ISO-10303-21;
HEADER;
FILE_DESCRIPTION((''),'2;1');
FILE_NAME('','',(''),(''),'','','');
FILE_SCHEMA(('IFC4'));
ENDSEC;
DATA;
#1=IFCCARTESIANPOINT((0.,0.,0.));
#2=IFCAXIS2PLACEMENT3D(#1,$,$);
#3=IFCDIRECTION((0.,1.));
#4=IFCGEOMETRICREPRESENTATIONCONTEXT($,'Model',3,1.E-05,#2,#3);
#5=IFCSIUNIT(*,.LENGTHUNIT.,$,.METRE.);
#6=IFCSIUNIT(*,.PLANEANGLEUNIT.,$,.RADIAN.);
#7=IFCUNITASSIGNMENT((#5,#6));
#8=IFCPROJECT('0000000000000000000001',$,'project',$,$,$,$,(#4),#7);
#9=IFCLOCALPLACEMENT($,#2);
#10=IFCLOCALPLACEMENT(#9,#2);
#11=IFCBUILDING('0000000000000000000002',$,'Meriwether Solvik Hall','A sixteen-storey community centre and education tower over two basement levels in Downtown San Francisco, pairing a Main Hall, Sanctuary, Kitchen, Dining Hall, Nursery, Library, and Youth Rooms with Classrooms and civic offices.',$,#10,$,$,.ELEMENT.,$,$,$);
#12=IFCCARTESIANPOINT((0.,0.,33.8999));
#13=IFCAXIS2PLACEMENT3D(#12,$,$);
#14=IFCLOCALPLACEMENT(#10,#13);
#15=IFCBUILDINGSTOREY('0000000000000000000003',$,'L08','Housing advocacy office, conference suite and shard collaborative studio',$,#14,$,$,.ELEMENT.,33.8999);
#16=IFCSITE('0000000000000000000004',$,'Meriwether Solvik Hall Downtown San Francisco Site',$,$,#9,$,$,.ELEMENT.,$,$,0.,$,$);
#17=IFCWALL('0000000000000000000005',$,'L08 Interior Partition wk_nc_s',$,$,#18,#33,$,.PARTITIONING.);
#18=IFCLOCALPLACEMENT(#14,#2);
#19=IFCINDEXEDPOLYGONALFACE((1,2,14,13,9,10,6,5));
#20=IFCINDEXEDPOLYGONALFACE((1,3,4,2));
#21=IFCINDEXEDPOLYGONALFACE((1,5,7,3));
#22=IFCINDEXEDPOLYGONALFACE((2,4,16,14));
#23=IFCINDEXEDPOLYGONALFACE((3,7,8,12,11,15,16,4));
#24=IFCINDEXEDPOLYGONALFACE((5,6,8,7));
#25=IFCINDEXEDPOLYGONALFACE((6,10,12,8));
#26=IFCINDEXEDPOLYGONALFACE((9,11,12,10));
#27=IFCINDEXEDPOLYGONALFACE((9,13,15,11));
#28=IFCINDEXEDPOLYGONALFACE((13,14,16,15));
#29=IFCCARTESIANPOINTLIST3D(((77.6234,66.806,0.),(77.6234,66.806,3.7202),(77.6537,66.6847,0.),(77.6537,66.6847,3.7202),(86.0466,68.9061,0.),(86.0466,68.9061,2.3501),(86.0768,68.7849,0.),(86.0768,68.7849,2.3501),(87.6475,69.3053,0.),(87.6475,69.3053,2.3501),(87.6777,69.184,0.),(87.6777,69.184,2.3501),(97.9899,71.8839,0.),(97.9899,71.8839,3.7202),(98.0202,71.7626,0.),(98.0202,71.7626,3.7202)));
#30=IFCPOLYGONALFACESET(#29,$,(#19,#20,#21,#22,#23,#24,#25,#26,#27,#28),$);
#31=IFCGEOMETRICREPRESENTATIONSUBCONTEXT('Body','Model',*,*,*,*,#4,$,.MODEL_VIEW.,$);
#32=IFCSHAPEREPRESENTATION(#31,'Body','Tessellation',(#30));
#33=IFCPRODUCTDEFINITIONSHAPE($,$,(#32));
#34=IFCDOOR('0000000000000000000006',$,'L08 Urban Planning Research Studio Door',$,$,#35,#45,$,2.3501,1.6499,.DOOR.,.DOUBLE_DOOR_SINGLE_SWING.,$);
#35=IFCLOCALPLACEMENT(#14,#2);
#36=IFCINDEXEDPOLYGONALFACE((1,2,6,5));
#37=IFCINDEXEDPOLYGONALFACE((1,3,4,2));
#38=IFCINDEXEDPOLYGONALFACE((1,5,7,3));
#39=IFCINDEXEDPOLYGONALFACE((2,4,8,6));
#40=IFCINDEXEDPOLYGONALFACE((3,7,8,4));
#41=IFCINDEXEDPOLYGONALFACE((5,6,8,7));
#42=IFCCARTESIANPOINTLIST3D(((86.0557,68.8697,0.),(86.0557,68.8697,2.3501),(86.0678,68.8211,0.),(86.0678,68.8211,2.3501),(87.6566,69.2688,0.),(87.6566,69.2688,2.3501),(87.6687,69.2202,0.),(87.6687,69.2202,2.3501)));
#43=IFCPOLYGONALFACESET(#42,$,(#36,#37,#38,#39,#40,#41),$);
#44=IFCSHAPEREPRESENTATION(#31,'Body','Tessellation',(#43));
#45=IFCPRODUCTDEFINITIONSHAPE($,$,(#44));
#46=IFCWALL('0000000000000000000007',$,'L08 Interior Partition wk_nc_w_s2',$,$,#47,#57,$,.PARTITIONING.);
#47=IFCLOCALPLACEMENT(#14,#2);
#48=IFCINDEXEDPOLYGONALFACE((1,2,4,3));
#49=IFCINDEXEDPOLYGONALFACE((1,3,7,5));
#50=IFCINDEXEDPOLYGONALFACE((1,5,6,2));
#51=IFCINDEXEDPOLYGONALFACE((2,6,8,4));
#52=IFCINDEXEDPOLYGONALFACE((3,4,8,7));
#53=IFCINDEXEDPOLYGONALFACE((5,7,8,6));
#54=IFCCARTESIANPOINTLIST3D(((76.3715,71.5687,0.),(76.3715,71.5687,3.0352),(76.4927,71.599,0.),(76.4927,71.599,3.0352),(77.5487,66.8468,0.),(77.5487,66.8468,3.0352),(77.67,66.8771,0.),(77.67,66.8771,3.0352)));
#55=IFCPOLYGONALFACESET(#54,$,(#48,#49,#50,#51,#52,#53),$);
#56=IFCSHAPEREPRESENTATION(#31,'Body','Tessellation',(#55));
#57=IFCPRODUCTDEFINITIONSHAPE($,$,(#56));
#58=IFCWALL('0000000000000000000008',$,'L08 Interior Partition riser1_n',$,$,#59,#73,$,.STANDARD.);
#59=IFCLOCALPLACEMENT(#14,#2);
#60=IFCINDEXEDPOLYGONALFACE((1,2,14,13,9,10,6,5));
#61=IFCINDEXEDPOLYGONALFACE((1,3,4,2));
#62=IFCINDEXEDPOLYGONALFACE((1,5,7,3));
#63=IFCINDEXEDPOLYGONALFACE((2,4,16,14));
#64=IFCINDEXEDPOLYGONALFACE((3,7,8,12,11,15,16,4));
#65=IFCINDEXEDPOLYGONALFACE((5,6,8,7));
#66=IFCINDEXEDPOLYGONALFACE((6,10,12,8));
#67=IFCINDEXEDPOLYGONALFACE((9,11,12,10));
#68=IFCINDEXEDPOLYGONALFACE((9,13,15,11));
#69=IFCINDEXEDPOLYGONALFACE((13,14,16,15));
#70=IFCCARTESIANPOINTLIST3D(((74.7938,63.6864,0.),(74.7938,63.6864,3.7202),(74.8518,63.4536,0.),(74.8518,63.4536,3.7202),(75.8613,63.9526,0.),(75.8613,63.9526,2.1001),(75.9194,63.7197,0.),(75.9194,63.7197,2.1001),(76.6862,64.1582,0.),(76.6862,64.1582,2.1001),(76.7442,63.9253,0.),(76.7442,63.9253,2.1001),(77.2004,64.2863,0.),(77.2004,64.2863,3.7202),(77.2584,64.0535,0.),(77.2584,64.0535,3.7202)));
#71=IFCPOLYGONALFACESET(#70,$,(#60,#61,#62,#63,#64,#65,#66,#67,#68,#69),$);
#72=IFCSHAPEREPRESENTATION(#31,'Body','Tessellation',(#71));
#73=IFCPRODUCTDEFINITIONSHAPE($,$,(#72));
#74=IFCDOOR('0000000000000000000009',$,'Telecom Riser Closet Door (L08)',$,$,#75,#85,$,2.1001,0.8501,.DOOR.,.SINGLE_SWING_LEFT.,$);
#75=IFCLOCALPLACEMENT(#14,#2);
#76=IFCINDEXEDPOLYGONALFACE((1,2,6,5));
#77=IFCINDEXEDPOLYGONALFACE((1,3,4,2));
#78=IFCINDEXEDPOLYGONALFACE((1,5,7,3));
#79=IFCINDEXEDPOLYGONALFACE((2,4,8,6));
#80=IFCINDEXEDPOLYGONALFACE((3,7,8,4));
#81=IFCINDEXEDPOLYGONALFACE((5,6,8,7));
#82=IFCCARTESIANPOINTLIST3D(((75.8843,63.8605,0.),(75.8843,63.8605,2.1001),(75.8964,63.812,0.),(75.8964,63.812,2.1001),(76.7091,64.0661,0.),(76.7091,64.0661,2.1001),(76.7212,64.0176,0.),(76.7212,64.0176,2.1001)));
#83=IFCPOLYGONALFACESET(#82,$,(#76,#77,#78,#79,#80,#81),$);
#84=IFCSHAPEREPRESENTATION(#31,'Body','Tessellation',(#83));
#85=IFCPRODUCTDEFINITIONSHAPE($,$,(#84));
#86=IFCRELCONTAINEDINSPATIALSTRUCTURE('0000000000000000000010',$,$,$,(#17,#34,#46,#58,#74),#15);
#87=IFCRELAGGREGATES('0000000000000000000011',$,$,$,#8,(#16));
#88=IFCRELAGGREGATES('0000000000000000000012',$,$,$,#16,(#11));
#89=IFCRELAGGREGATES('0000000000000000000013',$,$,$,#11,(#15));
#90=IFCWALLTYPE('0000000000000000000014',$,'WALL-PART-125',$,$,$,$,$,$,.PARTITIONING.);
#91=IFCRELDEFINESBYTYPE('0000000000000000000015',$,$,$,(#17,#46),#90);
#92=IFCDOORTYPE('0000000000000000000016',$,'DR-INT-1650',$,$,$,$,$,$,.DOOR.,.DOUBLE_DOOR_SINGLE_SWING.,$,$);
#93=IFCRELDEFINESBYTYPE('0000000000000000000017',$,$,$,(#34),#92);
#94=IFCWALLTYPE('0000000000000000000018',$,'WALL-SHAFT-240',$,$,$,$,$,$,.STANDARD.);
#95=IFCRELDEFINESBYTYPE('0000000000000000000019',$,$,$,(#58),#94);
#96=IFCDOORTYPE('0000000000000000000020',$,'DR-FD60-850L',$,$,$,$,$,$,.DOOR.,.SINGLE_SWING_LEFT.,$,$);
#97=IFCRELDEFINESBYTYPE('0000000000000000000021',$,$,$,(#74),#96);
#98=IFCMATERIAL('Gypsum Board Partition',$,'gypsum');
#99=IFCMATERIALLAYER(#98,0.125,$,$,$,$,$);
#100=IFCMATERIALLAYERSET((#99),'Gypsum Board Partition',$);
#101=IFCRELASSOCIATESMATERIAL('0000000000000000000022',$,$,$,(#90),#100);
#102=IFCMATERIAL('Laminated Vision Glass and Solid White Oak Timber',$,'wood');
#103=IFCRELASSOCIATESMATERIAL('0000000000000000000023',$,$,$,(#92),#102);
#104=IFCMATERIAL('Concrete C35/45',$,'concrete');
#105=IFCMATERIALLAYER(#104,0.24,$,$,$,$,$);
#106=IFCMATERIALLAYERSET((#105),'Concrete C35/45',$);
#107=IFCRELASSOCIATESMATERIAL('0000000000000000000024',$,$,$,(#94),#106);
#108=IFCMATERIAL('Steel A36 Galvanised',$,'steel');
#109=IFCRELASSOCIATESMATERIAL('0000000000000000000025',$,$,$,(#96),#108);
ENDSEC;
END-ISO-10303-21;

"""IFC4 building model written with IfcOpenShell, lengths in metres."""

from ifc_helpers import new_model, si_unit, direction, frame, frame_2d, origin, place, context, subcontext, project, spatial, rectangle, extrude, material, layer, layer_set, type_object, element, fill, save


model = new_model("IFC4")

# Units and contexts
model_context = context("Model", 3, precision=1e-05, world=origin(), true_north=direction((0.0, 1.0)))
body_context = subcontext(model_context, "Body", "Model", "MODEL_VIEW")
ifc_project = project(units=[si_unit("LENGTHUNIT", "METRE"), si_unit("PLANEANGLEUNIT", "RADIAN")], contexts=[model_context])

# Site, building, storey
site_placement = place(None, origin())
site = spatial("IfcSite", under=ifc_project, at=site_placement, Name="Meriwether Solvik Hall Downtown San Francisco Site", CompositionType="ELEMENT", RefElevation=0.0)
building_placement = place(site_placement, origin())
building = spatial("IfcBuilding", under=site, at=building_placement, Name="Meriwether Solvik Hall", Description="A sixteen-storey community centre and education tower over two basement levels in Downtown San Francisco, pairing a Main Hall, Sanctuary, Kitchen, Dining Hall, Nursery, Library, and Youth Rooms with Classrooms and civic offices.", CompositionType="ELEMENT")
storey_placement = place(building_placement, frame((0.0, 0.0, 33.8999)))
storey = spatial("IfcBuildingStorey", under=building, at=storey_placement, Name="L08", Description="Housing advocacy office, conference suite and shard collaborative studio", CompositionType="ELEMENT", Elevation=33.8999)

# Wall, opening, door
ifc_material_1 = material(Name="Gypsum Board Partition", Category="gypsum")
ifc_layer_1 = layer(ifc_material_1, 0.125)
ifc_layer_set_1 = layer_set([ifc_layer_1], Name="Gypsum Board Partition")
wall_type_1 = type_object("IfcWallType", Name="WALL-PART-125", PredefinedType="PARTITIONING", material=ifc_layer_set_1)
wall_1_placement = place(storey_placement, frame((77.6384, 66.7454, 0.0), z_axis=(0.0, 0.0, 1.0), x_axis=(0.970296, 0.24192, 0.0)))
wall_1 = element("IfcWall", 1, at=wall_1_placement, inside=storey, type_object=wall_type_1, Name="L08 Interior Partition wk_nc_s", PredefinedType="PARTITIONING", context=body_context, shape_type="SweptSolid", body=[
    extrude(rectangle(XDim=20.99, YDim=0.125, at=frame_2d((10.4951, 0.0))), origin(), (0.0, 0.0, 1.0), 3.7202),
])
opening_1_placement = place(wall_1_placement, frame((8.6812, 0.0, 0.0)))
opening_1 = element("IfcOpeningElement", 2, at=opening_1_placement, cuts=wall_1, PredefinedType="OPENING", context=body_context, shape_type="SweptSolid", body=[
    extrude(rectangle(XDim=1.6499, YDim=2.3501, at=frame_2d((0.825, 1.175))), frame((0.0, 0.0745, 0.0), z_axis=(0.0, -1.0, 0.0), x_axis=(1.0, 0.0, 0.0)), (0.0, 0.0, 1.0), 0.1489),
])
ifc_material_2 = material(Name="Laminated Vision Glass and Solid White Oak Timber", Category="wood")
door_type_1 = type_object("IfcDoorType", Name="DR-INT-1650", OperationType="DOUBLE_DOOR_SINGLE_SWING", PredefinedType="DOOR", material=ifc_material_2)
door_1_placement = place(opening_1_placement, origin())
door_1 = element("IfcDoor", 3, at=door_1_placement, inside=storey, type_object=door_type_1, Name="L08 Urban Planning Research Studio Door", OperationType="DOUBLE_DOOR_SINGLE_SWING", OverallHeight=2.3501, OverallWidth=1.6499, PredefinedType="DOOR", context=body_context, shape_type="SweptSolid", body=[
    extrude(rectangle(XDim=1.6499, YDim=2.3501, at=frame_2d((0.825, 1.175))), frame((0.0, 0.0249, 0.0), z_axis=(0.0, -1.0, 0.0), x_axis=(1.0, 0.0, 0.0)), (0.0, 0.0, 1.0), 0.05),
])
fill(opening_1, door_1)

# Wall
wall_2_placement = place(storey_placement, frame((76.4321, 71.5837, 0.0), z_axis=(0.0, 0.0, 1.0), x_axis=(0.24191, -0.970299, 0.0)))
element("IfcWall", 4, at=wall_2_placement, inside=storey, type_object=wall_type_1, Name="L08 Interior Partition wk_nc_w_s2", PredefinedType="PARTITIONING", context=body_context, shape_type="SweptSolid", body=[
    extrude(rectangle(XDim=4.8665, YDim=0.125, at=frame_2d((2.4331, 0.0))), origin(), (0.0, 0.0, 1.0), 3.0352),
])

# Wall, opening, door
ifc_material_3 = material(Name="Concrete C35/45", Category="concrete")
ifc_layer_2 = layer(ifc_material_3, 0.24)
ifc_layer_set_2 = layer_set([ifc_layer_2], Name="Concrete C35/45")
wall_type_2 = type_object("IfcWallType", Name="WALL-SHAFT-240", PredefinedType="STANDARD", material=ifc_layer_set_2)
wall_3_placement = place(storey_placement, frame((77.2295, 64.1699, 0.0), z_axis=(0.0, 0.0, 1.0), x_axis=(-0.97031, -0.241864, 0.0)))
wall_3 = element("IfcWall", 5, at=wall_3_placement, inside=storey, type_object=wall_type_2, Name="L08 Interior Partition riser1_n", PredefinedType="STANDARD", context=body_context, shape_type="SweptSolid", body=[
    extrude(rectangle(XDim=2.4802, YDim=0.24, at=frame_2d((1.2402, 0.0))), origin(), (0.0, 0.0, 1.0), 3.7202),
])
opening_2_placement = place(wall_3_placement, frame((0.53, 0.0, 0.0)))
opening_2 = element("IfcOpeningElement", 6, at=opening_2_placement, cuts=wall_3, PredefinedType="OPENING", context=body_context, shape_type="SweptSolid", body=[
    extrude(rectangle(XDim=0.8501, YDim=2.1001, at=frame_2d((0.425, 1.05))), frame((0.0, 0.1318, 0.0), z_axis=(0.0, -1.0, 0.0), x_axis=(1.0, 0.0, 0.0)), (0.0, 0.0, 1.0), 0.2639),
])
ifc_material_4 = material(Name="Steel A36 Galvanised", Category="steel")
door_type_2 = type_object("IfcDoorType", Name="DR-FD60-850L", OperationType="SINGLE_SWING_LEFT", PredefinedType="DOOR", material=ifc_material_4)
door_2_placement = place(opening_2_placement, origin())
door_2 = element("IfcDoor", 7, at=door_2_placement, inside=storey, type_object=door_type_2, Name="Telecom Riser Closet Door (L08)", OperationType="SINGLE_SWING_LEFT", OverallHeight=2.1001, OverallWidth=0.8501, PredefinedType="DOOR", context=body_context, shape_type="SweptSolid", body=[
    extrude(rectangle(XDim=0.8501, YDim=2.1001, at=frame_2d((0.425, 1.05))), frame((0.0, 0.0249, 0.0), z_axis=(0.0, -1.0, 0.0), x_axis=(1.0, 0.0, 0.0)), (0.0, 0.0, 1.0), 0.05),
])
fill(opening_2, door_2)

save(model, "model.ifc")
